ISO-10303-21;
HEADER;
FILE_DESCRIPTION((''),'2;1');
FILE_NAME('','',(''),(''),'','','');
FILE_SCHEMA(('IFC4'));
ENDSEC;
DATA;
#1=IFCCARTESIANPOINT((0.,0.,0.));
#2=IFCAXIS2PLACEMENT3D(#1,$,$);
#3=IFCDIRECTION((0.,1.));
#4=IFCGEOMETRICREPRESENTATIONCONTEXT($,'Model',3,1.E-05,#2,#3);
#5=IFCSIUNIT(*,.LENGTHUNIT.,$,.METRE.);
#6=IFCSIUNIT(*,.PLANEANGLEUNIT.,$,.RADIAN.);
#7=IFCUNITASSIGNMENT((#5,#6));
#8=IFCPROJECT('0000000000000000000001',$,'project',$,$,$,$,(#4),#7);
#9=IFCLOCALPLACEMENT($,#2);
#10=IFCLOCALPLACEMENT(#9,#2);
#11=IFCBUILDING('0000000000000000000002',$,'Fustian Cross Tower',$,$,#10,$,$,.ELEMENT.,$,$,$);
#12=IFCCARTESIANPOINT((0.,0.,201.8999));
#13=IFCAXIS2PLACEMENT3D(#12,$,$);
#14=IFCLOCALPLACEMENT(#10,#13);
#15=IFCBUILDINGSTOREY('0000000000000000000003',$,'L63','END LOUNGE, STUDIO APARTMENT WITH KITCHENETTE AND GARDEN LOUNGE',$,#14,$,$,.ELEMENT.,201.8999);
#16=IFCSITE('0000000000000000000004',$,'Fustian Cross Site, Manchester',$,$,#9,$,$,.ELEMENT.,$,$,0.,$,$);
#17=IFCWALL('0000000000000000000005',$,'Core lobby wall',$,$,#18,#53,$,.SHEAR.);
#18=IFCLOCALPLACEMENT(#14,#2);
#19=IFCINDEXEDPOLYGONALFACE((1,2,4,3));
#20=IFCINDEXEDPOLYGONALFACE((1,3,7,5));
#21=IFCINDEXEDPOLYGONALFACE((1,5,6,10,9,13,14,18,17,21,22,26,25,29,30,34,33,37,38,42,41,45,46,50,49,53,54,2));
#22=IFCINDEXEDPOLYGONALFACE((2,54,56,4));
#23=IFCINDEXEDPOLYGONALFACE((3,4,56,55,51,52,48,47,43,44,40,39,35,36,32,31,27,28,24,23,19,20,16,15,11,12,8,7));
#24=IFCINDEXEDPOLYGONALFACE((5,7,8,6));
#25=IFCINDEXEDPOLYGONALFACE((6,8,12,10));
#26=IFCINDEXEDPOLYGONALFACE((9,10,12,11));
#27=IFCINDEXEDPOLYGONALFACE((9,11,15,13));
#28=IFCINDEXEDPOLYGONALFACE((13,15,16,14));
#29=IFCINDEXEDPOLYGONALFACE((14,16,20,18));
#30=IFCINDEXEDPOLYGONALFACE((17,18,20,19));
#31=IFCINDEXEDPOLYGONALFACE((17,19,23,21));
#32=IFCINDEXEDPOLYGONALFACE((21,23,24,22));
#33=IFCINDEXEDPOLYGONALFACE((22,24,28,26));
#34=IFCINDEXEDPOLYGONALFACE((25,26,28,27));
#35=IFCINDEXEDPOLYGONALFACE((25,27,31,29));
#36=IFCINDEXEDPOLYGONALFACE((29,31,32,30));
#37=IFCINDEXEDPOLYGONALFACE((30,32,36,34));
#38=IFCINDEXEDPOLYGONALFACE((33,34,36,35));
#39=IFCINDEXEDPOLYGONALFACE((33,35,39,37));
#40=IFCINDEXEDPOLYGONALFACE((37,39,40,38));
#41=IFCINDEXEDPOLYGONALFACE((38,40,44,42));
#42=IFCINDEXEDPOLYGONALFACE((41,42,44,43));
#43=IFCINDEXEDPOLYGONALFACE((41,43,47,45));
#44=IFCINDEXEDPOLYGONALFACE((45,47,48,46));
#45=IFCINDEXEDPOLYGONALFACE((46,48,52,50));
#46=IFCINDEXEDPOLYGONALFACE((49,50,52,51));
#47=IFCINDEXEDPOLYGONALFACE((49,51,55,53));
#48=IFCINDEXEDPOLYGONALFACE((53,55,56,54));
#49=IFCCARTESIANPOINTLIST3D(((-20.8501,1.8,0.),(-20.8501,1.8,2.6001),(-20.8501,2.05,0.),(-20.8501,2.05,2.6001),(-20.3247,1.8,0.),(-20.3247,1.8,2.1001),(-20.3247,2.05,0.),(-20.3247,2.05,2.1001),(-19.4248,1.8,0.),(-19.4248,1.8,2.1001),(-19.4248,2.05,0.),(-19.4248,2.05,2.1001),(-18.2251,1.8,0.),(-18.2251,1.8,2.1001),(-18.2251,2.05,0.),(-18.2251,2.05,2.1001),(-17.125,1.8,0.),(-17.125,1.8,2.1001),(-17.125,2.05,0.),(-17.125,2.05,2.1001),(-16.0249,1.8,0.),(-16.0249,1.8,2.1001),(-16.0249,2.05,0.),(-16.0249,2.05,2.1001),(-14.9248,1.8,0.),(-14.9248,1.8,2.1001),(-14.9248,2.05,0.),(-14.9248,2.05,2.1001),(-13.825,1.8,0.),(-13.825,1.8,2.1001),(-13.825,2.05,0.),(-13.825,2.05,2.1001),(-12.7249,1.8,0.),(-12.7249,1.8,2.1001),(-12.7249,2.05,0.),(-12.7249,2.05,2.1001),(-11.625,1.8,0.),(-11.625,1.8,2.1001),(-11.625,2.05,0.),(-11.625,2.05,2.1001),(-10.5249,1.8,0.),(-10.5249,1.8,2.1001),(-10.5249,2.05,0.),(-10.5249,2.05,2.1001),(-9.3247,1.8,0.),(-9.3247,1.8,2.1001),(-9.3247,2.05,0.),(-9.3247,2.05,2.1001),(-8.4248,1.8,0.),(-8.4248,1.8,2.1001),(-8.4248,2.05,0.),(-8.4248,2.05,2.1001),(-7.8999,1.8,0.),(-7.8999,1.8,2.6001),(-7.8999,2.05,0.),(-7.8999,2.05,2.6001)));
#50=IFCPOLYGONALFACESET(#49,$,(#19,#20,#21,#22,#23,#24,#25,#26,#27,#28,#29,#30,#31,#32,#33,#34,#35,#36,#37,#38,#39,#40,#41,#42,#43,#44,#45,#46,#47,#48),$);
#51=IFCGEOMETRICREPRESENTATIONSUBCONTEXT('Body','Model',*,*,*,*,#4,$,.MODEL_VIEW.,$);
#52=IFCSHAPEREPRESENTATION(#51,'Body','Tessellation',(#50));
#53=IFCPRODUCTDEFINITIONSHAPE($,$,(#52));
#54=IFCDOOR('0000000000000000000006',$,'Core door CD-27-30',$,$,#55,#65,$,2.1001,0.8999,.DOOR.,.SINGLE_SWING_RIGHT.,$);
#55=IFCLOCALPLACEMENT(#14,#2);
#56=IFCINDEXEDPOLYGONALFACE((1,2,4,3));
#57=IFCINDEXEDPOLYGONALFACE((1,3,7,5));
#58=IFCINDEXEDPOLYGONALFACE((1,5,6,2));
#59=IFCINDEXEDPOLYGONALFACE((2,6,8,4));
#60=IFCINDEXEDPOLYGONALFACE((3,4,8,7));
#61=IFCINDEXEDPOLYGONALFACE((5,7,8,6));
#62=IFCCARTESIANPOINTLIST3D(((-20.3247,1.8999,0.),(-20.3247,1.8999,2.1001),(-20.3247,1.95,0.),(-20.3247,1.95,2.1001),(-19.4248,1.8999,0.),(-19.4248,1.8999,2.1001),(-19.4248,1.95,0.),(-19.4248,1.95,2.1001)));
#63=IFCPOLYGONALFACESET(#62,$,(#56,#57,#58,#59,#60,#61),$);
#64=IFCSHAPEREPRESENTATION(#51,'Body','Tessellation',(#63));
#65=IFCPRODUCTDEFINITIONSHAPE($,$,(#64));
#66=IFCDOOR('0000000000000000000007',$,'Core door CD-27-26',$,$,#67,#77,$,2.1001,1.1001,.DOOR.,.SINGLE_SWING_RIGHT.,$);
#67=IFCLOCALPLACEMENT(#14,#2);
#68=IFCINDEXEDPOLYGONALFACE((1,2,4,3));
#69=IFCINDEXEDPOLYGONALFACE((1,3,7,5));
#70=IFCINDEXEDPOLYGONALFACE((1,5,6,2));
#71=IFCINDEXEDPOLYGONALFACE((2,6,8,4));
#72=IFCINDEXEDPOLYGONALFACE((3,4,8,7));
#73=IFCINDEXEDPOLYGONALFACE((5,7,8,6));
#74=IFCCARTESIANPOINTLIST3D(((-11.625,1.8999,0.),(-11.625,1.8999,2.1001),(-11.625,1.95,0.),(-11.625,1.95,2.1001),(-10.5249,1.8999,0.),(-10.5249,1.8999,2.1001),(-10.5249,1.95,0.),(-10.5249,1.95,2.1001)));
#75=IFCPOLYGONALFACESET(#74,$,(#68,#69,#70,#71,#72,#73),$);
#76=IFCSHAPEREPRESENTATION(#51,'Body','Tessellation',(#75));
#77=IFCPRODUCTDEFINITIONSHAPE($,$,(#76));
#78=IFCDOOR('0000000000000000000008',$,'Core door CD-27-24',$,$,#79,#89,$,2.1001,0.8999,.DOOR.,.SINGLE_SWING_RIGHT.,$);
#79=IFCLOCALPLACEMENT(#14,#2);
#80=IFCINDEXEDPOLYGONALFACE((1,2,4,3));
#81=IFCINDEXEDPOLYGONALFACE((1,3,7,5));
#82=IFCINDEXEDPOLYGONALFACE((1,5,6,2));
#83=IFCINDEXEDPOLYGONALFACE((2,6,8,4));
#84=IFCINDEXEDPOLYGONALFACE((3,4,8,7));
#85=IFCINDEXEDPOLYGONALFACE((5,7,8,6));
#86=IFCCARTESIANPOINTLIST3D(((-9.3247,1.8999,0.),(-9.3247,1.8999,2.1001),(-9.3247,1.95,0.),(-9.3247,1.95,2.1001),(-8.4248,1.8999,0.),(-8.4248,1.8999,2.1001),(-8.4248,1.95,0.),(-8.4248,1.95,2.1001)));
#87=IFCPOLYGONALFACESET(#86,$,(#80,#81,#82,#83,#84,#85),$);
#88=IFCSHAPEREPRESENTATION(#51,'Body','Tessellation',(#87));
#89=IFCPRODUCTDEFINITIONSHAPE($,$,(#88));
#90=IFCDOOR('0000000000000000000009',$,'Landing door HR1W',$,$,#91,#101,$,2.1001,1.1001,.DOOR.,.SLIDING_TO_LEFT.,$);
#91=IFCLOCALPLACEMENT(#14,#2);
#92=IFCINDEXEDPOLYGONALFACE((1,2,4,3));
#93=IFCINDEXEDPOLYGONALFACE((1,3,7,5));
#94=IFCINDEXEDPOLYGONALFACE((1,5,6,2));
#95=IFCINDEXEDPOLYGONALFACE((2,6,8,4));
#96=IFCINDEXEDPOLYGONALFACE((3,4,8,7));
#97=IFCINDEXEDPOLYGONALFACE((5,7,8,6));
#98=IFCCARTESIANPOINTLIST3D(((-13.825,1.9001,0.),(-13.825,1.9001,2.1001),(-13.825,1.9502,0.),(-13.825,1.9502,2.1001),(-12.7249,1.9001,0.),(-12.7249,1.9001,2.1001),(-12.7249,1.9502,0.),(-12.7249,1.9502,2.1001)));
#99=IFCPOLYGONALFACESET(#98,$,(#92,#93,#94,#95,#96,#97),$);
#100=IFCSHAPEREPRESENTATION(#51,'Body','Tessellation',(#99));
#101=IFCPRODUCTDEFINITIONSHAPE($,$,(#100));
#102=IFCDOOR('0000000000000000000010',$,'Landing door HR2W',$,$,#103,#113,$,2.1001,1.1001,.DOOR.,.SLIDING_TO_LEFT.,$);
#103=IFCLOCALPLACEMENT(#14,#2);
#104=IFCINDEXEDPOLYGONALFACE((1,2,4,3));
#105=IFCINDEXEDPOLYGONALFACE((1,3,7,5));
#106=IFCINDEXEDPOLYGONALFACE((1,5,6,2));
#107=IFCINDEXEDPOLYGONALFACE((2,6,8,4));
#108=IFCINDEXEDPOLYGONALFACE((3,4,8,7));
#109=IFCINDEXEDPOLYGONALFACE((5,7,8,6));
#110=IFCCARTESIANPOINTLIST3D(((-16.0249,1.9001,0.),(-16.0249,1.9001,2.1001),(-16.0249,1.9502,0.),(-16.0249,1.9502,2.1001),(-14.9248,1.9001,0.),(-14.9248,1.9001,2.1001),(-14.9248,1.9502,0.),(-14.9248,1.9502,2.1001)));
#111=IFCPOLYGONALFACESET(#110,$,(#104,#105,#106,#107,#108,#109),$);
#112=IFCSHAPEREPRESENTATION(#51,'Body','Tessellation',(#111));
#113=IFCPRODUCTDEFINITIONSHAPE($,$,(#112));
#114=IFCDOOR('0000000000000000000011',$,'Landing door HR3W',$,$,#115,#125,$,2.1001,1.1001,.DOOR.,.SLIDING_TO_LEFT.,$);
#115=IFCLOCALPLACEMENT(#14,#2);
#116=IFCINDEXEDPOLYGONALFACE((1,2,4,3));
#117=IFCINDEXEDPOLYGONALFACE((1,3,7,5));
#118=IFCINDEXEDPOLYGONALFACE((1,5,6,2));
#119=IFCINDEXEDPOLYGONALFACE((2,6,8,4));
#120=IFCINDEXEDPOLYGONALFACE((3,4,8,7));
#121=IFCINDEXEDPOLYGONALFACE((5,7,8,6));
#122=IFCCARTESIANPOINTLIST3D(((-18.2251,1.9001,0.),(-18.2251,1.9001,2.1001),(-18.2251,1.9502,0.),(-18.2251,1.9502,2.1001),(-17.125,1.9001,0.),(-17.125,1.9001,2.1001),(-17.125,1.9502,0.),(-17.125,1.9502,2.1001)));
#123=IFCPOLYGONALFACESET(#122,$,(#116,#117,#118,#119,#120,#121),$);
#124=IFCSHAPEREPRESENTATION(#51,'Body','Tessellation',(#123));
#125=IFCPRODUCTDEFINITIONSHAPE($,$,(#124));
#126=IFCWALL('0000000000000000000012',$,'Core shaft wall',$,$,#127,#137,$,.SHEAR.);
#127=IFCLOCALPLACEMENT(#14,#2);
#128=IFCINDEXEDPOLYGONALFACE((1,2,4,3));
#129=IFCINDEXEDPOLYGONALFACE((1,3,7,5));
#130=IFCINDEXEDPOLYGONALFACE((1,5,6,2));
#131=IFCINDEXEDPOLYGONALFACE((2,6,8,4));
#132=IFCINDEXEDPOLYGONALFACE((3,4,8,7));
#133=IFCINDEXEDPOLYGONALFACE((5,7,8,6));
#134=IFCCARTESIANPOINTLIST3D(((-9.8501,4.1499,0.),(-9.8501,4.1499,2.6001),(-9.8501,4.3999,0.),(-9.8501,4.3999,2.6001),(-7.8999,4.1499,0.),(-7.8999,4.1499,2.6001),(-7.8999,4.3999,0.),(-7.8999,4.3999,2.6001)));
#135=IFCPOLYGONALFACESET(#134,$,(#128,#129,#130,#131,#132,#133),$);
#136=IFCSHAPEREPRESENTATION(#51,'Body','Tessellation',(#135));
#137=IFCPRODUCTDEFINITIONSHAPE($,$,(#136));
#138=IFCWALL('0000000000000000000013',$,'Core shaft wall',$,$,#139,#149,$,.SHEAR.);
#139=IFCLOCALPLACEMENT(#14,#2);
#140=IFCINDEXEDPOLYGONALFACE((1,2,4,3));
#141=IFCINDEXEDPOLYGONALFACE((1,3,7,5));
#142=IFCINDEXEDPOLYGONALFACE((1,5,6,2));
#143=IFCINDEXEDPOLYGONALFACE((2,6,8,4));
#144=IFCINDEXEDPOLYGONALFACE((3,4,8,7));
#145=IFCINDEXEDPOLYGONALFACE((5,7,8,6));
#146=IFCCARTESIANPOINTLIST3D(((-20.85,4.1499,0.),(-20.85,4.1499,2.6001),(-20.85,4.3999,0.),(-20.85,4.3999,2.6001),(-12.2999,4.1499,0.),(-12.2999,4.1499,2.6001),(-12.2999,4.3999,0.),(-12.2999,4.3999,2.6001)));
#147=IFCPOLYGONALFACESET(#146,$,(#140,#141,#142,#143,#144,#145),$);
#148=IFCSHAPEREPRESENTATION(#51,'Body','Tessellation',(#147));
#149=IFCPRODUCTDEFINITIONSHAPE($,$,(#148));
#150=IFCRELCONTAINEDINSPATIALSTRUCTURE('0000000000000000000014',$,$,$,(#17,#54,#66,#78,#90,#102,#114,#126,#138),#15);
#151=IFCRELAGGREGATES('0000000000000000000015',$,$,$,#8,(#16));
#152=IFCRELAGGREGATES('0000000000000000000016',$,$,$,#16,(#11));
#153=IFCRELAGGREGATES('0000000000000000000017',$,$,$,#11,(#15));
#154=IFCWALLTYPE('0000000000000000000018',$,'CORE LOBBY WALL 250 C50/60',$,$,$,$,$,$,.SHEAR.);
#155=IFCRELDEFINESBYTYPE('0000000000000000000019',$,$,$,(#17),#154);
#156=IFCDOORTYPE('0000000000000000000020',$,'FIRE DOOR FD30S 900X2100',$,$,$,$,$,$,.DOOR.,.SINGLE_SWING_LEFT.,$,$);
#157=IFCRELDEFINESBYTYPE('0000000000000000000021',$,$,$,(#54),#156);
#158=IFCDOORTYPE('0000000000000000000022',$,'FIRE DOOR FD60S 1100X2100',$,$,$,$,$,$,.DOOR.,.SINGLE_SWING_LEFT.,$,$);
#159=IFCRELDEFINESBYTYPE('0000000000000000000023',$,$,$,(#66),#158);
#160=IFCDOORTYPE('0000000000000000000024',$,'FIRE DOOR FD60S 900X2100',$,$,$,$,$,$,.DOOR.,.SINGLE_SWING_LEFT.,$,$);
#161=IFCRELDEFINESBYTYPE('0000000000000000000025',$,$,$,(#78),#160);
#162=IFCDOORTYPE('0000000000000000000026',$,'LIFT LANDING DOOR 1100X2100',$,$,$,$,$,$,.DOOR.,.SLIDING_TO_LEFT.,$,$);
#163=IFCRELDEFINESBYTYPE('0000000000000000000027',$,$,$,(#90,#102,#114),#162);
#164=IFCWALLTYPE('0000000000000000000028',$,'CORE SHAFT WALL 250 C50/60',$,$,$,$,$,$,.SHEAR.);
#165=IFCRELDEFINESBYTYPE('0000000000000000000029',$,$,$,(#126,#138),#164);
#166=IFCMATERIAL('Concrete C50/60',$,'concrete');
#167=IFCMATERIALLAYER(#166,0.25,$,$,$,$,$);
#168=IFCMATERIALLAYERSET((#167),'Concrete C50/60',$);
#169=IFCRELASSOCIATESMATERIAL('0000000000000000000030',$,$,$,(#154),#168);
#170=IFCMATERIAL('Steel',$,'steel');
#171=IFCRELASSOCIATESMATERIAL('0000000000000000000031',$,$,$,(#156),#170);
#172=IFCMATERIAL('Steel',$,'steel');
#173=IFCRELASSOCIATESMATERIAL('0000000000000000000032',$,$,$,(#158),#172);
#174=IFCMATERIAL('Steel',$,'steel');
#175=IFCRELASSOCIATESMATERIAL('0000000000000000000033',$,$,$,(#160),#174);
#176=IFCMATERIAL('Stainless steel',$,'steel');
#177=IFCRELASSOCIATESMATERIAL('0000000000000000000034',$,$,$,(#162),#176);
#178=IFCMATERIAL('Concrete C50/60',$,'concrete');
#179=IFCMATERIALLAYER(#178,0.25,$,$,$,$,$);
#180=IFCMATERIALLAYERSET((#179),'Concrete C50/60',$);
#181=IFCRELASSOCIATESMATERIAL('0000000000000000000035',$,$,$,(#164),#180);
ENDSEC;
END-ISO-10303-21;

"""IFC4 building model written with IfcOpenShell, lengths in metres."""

from ifc_helpers import new_model, si_unit, direction, frame, frame_2d, origin, place, context, subcontext, project, spatial, rectangle, extrude, material, layer, layer_set, type_object, element, fill, save


model = new_model("IFC4")

# Units and contexts
model_context = context("Model", 3, precision=1e-05, world=origin(), true_north=direction((0.0, 1.0)))
body_context = subcontext(model_context, "Body", "Model", "MODEL_VIEW")
ifc_project = project(units=[si_unit("LENGTHUNIT", "METRE"), si_unit("PLANEANGLEUNIT", "RADIAN")], contexts=[model_context])

# Site, building, storey
site_placement = place(None, origin())
site = spatial("IfcSite", under=ifc_project, at=site_placement, Name="Fustian Cross Site, Manchester", CompositionType="ELEMENT", RefElevation=0.0)
building_placement = place(site_placement, origin())
building = spatial("IfcBuilding", under=site, at=building_placement, Name="Fustian Cross Tower", CompositionType="ELEMENT")
storey_placement = place(building_placement, frame((0.0, 0.0, 201.8999)))
storey = spatial("IfcBuildingStorey", under=building, at=storey_placement, Name="L63", Description="END LOUNGE, STUDIO APARTMENT WITH KITCHENETTE AND GARDEN LOUNGE", CompositionType="ELEMENT", Elevation=201.8999)

# Wall, openings, doors
ifc_material_1 = material(Name="Concrete C50/60", Category="concrete")
ifc_layer_1 = layer(ifc_material_1, 0.25)
ifc_layer_set_1 = layer_set([ifc_layer_1], Name="Concrete C50/60")
wall_type_1 = type_object("IfcWallType", Name="CORE LOBBY WALL 250 C50/60", PredefinedType="SHEAR", material=ifc_layer_set_1)
wall_1_placement = place(storey_placement, frame((-7.8999, 1.925, 0.0), z_axis=(0.0, 0.0, 1.0), x_axis=(-1.0, 0.0, 0.0)))
wall_1 = element("IfcWall", 1, at=wall_1_placement, inside=storey, type_object=wall_type_1, Name="Core lobby wall", PredefinedType="SHEAR", context=body_context, shape_type="SweptSolid", body=[
    extrude(rectangle(XDim=12.9502, YDim=0.25, at=frame_2d((6.4751, 0.0))), origin(), (0.0, 0.0, 1.0), 2.6001),
])
opening_1_placement = place(wall_1_placement, frame((4.825, 0.0, 0.0)))
opening_1 = element("IfcOpeningElement", 2, at=opening_1_placement, cuts=wall_1, PredefinedType="OPENING", context=body_context, shape_type="SweptSolid", body=[
    extrude(rectangle(XDim=1.1001, YDim=2.1001, at=frame_2d((0.55, 1.05))), frame((0.0, 0.135, 0.0), z_axis=(0.0, -1.0, 0.0), x_axis=(1.0, 0.0, 0.0)), (0.0, 0.0, 1.0), 0.27),
])
opening_2_placement = place(wall_1_placement, frame((7.0249, 0.0, 0.0)))
opening_2 = element("IfcOpeningElement", 3, at=opening_2_placement, cuts=wall_1, PredefinedType="OPENING", context=body_context, shape_type="SweptSolid", body=[
    extrude(rectangle(XDim=1.1001, YDim=2.1001, at=frame_2d((0.55, 1.05))), frame((0.0, 0.135, 0.0), z_axis=(0.0, -1.0, 0.0), x_axis=(1.0, 0.0, 0.0)), (0.0, 0.0, 1.0), 0.27),
])
opening_3_placement = place(wall_1_placement, frame((9.2251, 0.0, 0.0)))
opening_3 = element("IfcOpeningElement", 4, at=opening_3_placement, cuts=wall_1, PredefinedType="OPENING", context=body_context, shape_type="SweptSolid", body=[
    extrude(rectangle(XDim=1.1001, YDim=2.1001, at=frame_2d((0.55, 1.05))), frame((0.0, 0.135, 0.0), z_axis=(0.0, -1.0, 0.0), x_axis=(1.0, 0.0, 0.0)), (0.0, 0.0, 1.0), 0.27),
])
opening_4_placement = place(wall_1_placement, frame((0.5249, 0.0, 0.0)))
opening_4 = element("IfcOpeningElement", 5, at=opening_4_placement, cuts=wall_1, PredefinedType="OPENING", context=body_context, shape_type="SweptSolid", body=[
    extrude(rectangle(XDim=0.8999, YDim=2.1001, at=frame_2d((0.45, 1.05))), frame((0.0, 0.135, 0.0), z_axis=(0.0, -1.0, 0.0), x_axis=(1.0, 0.0, 0.0)), (0.0, 0.0, 1.0), 0.27),
])
opening_5_placement = place(wall_1_placement, frame((2.625, 0.0, 0.0)))
opening_5 = element("IfcOpeningElement", 6, at=opening_5_placement, cuts=wall_1, PredefinedType="OPENING", context=body_context, shape_type="SweptSolid", body=[
    extrude(rectangle(XDim=1.1001, YDim=2.1001, at=frame_2d((0.55, 1.05))), frame((0.0, 0.135, 0.0), z_axis=(0.0, -1.0, 0.0), x_axis=(1.0, 0.0, 0.0)), (0.0, 0.0, 1.0), 0.27),
])
opening_6_placement = place(wall_1_placement, frame((11.5249, 0.0, 0.0)))
opening_6 = element("IfcOpeningElement", 7, at=opening_6_placement, cuts=wall_1, PredefinedType="OPENING", context=body_context, shape_type="SweptSolid", body=[
    extrude(rectangle(XDim=0.8999, YDim=2.1001, at=frame_2d((0.45, 1.05))), frame((0.0, 0.135, 0.0), z_axis=(0.0, -1.0, 0.0), x_axis=(1.0, 0.0, 0.0)), (0.0, 0.0, 1.0), 0.27),
])
ifc_material_2 = material(Name="Steel", Category="steel")
door_type_1 = type_object("IfcDoorType", Name="FIRE DOOR FD30S 900X2100", OperationType="SINGLE_SWING_LEFT", PredefinedType="DOOR", material=ifc_material_2)
door_1_placement = place(opening_6_placement, frame((0.8999, 0.0, 0.0), z_axis=(0.0, 0.0, 1.0), x_axis=(-1.0, 0.0, 0.0)))
door_1 = element("IfcDoor", 8, at=door_1_placement, inside=storey, type_object=door_type_1, Name="Core door CD-27-30", OperationType="SINGLE_SWING_RIGHT", OverallHeight=2.1001, OverallWidth=0.8999, PredefinedType="DOOR", context=body_context, shape_type="SweptSolid", body=[
    extrude(rectangle(XDim=0.8999, YDim=2.1001, at=frame_2d((0.45, 1.05))), frame((0.0, 0.0249, 0.0), z_axis=(0.0, -1.0, 0.0), x_axis=(1.0, 0.0, 0.0)), (0.0, 0.0, 1.0), 0.05),
])
fill(opening_6, door_1)
ifc_material_3 = material(Name="Steel", Category="steel")
door_type_2 = type_object("IfcDoorType", Name="FIRE DOOR FD60S 1100X2100", OperationType="SINGLE_SWING_LEFT", PredefinedType="DOOR", material=ifc_material_3)
door_2_placement = place(opening_5_placement, frame((1.1001, 0.0, 0.0), z_axis=(0.0, 0.0, 1.0), x_axis=(-1.0, 0.0, 0.0)))
door_2 = element("IfcDoor", 9, at=door_2_placement, inside=storey, type_object=door_type_2, Name="Core door CD-27-26", OperationType="SINGLE_SWING_RIGHT", OverallHeight=2.1001, OverallWidth=1.1001, PredefinedType="DOOR", context=body_context, shape_type="SweptSolid", body=[
    extrude(rectangle(XDim=1.1001, YDim=2.1001, at=frame_2d((0.55, 1.05))), frame((0.0, 0.0249, 0.0), z_axis=(0.0, -1.0, 0.0), x_axis=(1.0, 0.0, 0.0)), (0.0, 0.0, 1.0), 0.05),
])
fill(opening_5, door_2)
ifc_material_4 = material(Name="Steel", Category="steel")
door_type_3 = type_object("IfcDoorType", Name="FIRE DOOR FD60S 900X2100", OperationType="SINGLE_SWING_LEFT", PredefinedType="DOOR", material=ifc_material_4)
door_3_placement = place(opening_4_placement, frame((0.8999, 0.0, 0.0), z_axis=(0.0, 0.0, 1.0), x_axis=(-1.0, 0.0, 0.0)))
door_3 = element("IfcDoor", 10, at=door_3_placement, inside=storey, type_object=door_type_3, Name="Core door CD-27-24", OperationType="SINGLE_SWING_RIGHT", OverallHeight=2.1001, OverallWidth=0.8999, PredefinedType="DOOR", context=body_context, shape_type="SweptSolid", body=[
    extrude(rectangle(XDim=0.8999, YDim=2.1001, at=frame_2d((0.45, 1.05))), frame((0.0, 0.0249, 0.0), z_axis=(0.0, -1.0, 0.0), x_axis=(1.0, 0.0, 0.0)), (0.0, 0.0, 1.0), 0.05),
])
fill(opening_4, door_3)
ifc_material_5 = material(Name="Stainless steel", Category="steel")
door_type_4 = type_object("IfcDoorType", Name="LIFT LANDING DOOR 1100X2100", OperationType="SLIDING_TO_LEFT", PredefinedType="DOOR", material=ifc_material_5)
door_4_placement = place(opening_1_placement, origin())
door_4 = element("IfcDoor", 11, at=door_4_placement, inside=storey, type_object=door_type_4, Name="Landing door HR1W", OperationType="SLIDING_TO_LEFT", OverallHeight=2.1001, OverallWidth=1.1001, PredefinedType="DOOR", context=body_context, shape_type="SweptSolid", body=[
    extrude(rectangle(XDim=1.1001, YDim=2.1001, at=frame_2d((0.55, 1.05))), frame((0.0, 0.0249, 0.0), z_axis=(0.0, -1.0, 0.0), x_axis=(1.0, 0.0, 0.0)), (0.0, 0.0, 1.0), 0.05),
])
fill(opening_1, door_4)
door_5_placement = place(opening_2_placement, origin())
door_5 = element("IfcDoor", 12, at=door_5_placement, inside=storey, type_object=door_type_4, Name="Landing door HR2W", OperationType="SLIDING_TO_LEFT", OverallHeight=2.1001, OverallWidth=1.1001, PredefinedType="DOOR", context=body_context, shape_type="SweptSolid", body=[
    extrude(rectangle(XDim=1.1001, YDim=2.1001, at=frame_2d((0.55, 1.05))), frame((0.0, 0.0249, 0.0), z_axis=(0.0, -1.0, 0.0), x_axis=(1.0, 0.0, 0.0)), (0.0, 0.0, 1.0), 0.05),
])
fill(opening_2, door_5)
door_6_placement = place(opening_3_placement, origin())
door_6 = element("IfcDoor", 13, at=door_6_placement, inside=storey, type_object=door_type_4, Name="Landing door HR3W", OperationType="SLIDING_TO_LEFT", OverallHeight=2.1001, OverallWidth=1.1001, PredefinedType="DOOR", context=body_context, shape_type="SweptSolid", body=[
    extrude(rectangle(XDim=1.1001, YDim=2.1001, at=frame_2d((0.55, 1.05))), frame((0.0, 0.0249, 0.0), z_axis=(0.0, -1.0, 0.0), x_axis=(1.0, 0.0, 0.0)), (0.0, 0.0, 1.0), 0.05),
])
fill(opening_3, door_6)

# Walls
ifc_material_6 = material(Name="Concrete C50/60", Category="concrete")
ifc_layer_2 = layer(ifc_material_6, 0.25)
ifc_layer_set_2 = layer_set([ifc_layer_2], Name="Concrete C50/60")
wall_type_2 = type_object("IfcWallType", Name="CORE SHAFT WALL 250 C50/60", PredefinedType="SHEAR", material=ifc_layer_set_2)
wall_2_placement = place(storey_placement, frame((-7.8999, 4.2749, 0.0), z_axis=(0.0, 0.0, 1.0), x_axis=(-1.0, 0.0, 0.0)))
element("IfcWall", 14, at=wall_2_placement, inside=storey, type_object=wall_type_2, Name="Core shaft wall", PredefinedType="SHEAR", context=body_context, shape_type="SweptSolid", body=[
    extrude(rectangle(XDim=1.9502, YDim=0.25, at=frame_2d((0.9751, 0.0))), origin(), (0.0, 0.0, 1.0), 2.6001),
])
wall_3_placement = place(storey_placement, frame((-12.3, 4.2749, 0.0), z_axis=(0.0, 0.0, 1.0), x_axis=(-1.0, 0.0, 0.0)))
element("IfcWall", 15, at=wall_3_placement, inside=storey, type_object=wall_type_2, Name="Core shaft wall", PredefinedType="SHEAR", context=body_context, shape_type="SweptSolid", body=[
    extrude(rectangle(XDim=8.55, YDim=0.25, at=frame_2d((4.2749, 0.0))), origin(), (0.0, 0.0, 1.0), 2.6001),
])

save(model, "model.ifc")
